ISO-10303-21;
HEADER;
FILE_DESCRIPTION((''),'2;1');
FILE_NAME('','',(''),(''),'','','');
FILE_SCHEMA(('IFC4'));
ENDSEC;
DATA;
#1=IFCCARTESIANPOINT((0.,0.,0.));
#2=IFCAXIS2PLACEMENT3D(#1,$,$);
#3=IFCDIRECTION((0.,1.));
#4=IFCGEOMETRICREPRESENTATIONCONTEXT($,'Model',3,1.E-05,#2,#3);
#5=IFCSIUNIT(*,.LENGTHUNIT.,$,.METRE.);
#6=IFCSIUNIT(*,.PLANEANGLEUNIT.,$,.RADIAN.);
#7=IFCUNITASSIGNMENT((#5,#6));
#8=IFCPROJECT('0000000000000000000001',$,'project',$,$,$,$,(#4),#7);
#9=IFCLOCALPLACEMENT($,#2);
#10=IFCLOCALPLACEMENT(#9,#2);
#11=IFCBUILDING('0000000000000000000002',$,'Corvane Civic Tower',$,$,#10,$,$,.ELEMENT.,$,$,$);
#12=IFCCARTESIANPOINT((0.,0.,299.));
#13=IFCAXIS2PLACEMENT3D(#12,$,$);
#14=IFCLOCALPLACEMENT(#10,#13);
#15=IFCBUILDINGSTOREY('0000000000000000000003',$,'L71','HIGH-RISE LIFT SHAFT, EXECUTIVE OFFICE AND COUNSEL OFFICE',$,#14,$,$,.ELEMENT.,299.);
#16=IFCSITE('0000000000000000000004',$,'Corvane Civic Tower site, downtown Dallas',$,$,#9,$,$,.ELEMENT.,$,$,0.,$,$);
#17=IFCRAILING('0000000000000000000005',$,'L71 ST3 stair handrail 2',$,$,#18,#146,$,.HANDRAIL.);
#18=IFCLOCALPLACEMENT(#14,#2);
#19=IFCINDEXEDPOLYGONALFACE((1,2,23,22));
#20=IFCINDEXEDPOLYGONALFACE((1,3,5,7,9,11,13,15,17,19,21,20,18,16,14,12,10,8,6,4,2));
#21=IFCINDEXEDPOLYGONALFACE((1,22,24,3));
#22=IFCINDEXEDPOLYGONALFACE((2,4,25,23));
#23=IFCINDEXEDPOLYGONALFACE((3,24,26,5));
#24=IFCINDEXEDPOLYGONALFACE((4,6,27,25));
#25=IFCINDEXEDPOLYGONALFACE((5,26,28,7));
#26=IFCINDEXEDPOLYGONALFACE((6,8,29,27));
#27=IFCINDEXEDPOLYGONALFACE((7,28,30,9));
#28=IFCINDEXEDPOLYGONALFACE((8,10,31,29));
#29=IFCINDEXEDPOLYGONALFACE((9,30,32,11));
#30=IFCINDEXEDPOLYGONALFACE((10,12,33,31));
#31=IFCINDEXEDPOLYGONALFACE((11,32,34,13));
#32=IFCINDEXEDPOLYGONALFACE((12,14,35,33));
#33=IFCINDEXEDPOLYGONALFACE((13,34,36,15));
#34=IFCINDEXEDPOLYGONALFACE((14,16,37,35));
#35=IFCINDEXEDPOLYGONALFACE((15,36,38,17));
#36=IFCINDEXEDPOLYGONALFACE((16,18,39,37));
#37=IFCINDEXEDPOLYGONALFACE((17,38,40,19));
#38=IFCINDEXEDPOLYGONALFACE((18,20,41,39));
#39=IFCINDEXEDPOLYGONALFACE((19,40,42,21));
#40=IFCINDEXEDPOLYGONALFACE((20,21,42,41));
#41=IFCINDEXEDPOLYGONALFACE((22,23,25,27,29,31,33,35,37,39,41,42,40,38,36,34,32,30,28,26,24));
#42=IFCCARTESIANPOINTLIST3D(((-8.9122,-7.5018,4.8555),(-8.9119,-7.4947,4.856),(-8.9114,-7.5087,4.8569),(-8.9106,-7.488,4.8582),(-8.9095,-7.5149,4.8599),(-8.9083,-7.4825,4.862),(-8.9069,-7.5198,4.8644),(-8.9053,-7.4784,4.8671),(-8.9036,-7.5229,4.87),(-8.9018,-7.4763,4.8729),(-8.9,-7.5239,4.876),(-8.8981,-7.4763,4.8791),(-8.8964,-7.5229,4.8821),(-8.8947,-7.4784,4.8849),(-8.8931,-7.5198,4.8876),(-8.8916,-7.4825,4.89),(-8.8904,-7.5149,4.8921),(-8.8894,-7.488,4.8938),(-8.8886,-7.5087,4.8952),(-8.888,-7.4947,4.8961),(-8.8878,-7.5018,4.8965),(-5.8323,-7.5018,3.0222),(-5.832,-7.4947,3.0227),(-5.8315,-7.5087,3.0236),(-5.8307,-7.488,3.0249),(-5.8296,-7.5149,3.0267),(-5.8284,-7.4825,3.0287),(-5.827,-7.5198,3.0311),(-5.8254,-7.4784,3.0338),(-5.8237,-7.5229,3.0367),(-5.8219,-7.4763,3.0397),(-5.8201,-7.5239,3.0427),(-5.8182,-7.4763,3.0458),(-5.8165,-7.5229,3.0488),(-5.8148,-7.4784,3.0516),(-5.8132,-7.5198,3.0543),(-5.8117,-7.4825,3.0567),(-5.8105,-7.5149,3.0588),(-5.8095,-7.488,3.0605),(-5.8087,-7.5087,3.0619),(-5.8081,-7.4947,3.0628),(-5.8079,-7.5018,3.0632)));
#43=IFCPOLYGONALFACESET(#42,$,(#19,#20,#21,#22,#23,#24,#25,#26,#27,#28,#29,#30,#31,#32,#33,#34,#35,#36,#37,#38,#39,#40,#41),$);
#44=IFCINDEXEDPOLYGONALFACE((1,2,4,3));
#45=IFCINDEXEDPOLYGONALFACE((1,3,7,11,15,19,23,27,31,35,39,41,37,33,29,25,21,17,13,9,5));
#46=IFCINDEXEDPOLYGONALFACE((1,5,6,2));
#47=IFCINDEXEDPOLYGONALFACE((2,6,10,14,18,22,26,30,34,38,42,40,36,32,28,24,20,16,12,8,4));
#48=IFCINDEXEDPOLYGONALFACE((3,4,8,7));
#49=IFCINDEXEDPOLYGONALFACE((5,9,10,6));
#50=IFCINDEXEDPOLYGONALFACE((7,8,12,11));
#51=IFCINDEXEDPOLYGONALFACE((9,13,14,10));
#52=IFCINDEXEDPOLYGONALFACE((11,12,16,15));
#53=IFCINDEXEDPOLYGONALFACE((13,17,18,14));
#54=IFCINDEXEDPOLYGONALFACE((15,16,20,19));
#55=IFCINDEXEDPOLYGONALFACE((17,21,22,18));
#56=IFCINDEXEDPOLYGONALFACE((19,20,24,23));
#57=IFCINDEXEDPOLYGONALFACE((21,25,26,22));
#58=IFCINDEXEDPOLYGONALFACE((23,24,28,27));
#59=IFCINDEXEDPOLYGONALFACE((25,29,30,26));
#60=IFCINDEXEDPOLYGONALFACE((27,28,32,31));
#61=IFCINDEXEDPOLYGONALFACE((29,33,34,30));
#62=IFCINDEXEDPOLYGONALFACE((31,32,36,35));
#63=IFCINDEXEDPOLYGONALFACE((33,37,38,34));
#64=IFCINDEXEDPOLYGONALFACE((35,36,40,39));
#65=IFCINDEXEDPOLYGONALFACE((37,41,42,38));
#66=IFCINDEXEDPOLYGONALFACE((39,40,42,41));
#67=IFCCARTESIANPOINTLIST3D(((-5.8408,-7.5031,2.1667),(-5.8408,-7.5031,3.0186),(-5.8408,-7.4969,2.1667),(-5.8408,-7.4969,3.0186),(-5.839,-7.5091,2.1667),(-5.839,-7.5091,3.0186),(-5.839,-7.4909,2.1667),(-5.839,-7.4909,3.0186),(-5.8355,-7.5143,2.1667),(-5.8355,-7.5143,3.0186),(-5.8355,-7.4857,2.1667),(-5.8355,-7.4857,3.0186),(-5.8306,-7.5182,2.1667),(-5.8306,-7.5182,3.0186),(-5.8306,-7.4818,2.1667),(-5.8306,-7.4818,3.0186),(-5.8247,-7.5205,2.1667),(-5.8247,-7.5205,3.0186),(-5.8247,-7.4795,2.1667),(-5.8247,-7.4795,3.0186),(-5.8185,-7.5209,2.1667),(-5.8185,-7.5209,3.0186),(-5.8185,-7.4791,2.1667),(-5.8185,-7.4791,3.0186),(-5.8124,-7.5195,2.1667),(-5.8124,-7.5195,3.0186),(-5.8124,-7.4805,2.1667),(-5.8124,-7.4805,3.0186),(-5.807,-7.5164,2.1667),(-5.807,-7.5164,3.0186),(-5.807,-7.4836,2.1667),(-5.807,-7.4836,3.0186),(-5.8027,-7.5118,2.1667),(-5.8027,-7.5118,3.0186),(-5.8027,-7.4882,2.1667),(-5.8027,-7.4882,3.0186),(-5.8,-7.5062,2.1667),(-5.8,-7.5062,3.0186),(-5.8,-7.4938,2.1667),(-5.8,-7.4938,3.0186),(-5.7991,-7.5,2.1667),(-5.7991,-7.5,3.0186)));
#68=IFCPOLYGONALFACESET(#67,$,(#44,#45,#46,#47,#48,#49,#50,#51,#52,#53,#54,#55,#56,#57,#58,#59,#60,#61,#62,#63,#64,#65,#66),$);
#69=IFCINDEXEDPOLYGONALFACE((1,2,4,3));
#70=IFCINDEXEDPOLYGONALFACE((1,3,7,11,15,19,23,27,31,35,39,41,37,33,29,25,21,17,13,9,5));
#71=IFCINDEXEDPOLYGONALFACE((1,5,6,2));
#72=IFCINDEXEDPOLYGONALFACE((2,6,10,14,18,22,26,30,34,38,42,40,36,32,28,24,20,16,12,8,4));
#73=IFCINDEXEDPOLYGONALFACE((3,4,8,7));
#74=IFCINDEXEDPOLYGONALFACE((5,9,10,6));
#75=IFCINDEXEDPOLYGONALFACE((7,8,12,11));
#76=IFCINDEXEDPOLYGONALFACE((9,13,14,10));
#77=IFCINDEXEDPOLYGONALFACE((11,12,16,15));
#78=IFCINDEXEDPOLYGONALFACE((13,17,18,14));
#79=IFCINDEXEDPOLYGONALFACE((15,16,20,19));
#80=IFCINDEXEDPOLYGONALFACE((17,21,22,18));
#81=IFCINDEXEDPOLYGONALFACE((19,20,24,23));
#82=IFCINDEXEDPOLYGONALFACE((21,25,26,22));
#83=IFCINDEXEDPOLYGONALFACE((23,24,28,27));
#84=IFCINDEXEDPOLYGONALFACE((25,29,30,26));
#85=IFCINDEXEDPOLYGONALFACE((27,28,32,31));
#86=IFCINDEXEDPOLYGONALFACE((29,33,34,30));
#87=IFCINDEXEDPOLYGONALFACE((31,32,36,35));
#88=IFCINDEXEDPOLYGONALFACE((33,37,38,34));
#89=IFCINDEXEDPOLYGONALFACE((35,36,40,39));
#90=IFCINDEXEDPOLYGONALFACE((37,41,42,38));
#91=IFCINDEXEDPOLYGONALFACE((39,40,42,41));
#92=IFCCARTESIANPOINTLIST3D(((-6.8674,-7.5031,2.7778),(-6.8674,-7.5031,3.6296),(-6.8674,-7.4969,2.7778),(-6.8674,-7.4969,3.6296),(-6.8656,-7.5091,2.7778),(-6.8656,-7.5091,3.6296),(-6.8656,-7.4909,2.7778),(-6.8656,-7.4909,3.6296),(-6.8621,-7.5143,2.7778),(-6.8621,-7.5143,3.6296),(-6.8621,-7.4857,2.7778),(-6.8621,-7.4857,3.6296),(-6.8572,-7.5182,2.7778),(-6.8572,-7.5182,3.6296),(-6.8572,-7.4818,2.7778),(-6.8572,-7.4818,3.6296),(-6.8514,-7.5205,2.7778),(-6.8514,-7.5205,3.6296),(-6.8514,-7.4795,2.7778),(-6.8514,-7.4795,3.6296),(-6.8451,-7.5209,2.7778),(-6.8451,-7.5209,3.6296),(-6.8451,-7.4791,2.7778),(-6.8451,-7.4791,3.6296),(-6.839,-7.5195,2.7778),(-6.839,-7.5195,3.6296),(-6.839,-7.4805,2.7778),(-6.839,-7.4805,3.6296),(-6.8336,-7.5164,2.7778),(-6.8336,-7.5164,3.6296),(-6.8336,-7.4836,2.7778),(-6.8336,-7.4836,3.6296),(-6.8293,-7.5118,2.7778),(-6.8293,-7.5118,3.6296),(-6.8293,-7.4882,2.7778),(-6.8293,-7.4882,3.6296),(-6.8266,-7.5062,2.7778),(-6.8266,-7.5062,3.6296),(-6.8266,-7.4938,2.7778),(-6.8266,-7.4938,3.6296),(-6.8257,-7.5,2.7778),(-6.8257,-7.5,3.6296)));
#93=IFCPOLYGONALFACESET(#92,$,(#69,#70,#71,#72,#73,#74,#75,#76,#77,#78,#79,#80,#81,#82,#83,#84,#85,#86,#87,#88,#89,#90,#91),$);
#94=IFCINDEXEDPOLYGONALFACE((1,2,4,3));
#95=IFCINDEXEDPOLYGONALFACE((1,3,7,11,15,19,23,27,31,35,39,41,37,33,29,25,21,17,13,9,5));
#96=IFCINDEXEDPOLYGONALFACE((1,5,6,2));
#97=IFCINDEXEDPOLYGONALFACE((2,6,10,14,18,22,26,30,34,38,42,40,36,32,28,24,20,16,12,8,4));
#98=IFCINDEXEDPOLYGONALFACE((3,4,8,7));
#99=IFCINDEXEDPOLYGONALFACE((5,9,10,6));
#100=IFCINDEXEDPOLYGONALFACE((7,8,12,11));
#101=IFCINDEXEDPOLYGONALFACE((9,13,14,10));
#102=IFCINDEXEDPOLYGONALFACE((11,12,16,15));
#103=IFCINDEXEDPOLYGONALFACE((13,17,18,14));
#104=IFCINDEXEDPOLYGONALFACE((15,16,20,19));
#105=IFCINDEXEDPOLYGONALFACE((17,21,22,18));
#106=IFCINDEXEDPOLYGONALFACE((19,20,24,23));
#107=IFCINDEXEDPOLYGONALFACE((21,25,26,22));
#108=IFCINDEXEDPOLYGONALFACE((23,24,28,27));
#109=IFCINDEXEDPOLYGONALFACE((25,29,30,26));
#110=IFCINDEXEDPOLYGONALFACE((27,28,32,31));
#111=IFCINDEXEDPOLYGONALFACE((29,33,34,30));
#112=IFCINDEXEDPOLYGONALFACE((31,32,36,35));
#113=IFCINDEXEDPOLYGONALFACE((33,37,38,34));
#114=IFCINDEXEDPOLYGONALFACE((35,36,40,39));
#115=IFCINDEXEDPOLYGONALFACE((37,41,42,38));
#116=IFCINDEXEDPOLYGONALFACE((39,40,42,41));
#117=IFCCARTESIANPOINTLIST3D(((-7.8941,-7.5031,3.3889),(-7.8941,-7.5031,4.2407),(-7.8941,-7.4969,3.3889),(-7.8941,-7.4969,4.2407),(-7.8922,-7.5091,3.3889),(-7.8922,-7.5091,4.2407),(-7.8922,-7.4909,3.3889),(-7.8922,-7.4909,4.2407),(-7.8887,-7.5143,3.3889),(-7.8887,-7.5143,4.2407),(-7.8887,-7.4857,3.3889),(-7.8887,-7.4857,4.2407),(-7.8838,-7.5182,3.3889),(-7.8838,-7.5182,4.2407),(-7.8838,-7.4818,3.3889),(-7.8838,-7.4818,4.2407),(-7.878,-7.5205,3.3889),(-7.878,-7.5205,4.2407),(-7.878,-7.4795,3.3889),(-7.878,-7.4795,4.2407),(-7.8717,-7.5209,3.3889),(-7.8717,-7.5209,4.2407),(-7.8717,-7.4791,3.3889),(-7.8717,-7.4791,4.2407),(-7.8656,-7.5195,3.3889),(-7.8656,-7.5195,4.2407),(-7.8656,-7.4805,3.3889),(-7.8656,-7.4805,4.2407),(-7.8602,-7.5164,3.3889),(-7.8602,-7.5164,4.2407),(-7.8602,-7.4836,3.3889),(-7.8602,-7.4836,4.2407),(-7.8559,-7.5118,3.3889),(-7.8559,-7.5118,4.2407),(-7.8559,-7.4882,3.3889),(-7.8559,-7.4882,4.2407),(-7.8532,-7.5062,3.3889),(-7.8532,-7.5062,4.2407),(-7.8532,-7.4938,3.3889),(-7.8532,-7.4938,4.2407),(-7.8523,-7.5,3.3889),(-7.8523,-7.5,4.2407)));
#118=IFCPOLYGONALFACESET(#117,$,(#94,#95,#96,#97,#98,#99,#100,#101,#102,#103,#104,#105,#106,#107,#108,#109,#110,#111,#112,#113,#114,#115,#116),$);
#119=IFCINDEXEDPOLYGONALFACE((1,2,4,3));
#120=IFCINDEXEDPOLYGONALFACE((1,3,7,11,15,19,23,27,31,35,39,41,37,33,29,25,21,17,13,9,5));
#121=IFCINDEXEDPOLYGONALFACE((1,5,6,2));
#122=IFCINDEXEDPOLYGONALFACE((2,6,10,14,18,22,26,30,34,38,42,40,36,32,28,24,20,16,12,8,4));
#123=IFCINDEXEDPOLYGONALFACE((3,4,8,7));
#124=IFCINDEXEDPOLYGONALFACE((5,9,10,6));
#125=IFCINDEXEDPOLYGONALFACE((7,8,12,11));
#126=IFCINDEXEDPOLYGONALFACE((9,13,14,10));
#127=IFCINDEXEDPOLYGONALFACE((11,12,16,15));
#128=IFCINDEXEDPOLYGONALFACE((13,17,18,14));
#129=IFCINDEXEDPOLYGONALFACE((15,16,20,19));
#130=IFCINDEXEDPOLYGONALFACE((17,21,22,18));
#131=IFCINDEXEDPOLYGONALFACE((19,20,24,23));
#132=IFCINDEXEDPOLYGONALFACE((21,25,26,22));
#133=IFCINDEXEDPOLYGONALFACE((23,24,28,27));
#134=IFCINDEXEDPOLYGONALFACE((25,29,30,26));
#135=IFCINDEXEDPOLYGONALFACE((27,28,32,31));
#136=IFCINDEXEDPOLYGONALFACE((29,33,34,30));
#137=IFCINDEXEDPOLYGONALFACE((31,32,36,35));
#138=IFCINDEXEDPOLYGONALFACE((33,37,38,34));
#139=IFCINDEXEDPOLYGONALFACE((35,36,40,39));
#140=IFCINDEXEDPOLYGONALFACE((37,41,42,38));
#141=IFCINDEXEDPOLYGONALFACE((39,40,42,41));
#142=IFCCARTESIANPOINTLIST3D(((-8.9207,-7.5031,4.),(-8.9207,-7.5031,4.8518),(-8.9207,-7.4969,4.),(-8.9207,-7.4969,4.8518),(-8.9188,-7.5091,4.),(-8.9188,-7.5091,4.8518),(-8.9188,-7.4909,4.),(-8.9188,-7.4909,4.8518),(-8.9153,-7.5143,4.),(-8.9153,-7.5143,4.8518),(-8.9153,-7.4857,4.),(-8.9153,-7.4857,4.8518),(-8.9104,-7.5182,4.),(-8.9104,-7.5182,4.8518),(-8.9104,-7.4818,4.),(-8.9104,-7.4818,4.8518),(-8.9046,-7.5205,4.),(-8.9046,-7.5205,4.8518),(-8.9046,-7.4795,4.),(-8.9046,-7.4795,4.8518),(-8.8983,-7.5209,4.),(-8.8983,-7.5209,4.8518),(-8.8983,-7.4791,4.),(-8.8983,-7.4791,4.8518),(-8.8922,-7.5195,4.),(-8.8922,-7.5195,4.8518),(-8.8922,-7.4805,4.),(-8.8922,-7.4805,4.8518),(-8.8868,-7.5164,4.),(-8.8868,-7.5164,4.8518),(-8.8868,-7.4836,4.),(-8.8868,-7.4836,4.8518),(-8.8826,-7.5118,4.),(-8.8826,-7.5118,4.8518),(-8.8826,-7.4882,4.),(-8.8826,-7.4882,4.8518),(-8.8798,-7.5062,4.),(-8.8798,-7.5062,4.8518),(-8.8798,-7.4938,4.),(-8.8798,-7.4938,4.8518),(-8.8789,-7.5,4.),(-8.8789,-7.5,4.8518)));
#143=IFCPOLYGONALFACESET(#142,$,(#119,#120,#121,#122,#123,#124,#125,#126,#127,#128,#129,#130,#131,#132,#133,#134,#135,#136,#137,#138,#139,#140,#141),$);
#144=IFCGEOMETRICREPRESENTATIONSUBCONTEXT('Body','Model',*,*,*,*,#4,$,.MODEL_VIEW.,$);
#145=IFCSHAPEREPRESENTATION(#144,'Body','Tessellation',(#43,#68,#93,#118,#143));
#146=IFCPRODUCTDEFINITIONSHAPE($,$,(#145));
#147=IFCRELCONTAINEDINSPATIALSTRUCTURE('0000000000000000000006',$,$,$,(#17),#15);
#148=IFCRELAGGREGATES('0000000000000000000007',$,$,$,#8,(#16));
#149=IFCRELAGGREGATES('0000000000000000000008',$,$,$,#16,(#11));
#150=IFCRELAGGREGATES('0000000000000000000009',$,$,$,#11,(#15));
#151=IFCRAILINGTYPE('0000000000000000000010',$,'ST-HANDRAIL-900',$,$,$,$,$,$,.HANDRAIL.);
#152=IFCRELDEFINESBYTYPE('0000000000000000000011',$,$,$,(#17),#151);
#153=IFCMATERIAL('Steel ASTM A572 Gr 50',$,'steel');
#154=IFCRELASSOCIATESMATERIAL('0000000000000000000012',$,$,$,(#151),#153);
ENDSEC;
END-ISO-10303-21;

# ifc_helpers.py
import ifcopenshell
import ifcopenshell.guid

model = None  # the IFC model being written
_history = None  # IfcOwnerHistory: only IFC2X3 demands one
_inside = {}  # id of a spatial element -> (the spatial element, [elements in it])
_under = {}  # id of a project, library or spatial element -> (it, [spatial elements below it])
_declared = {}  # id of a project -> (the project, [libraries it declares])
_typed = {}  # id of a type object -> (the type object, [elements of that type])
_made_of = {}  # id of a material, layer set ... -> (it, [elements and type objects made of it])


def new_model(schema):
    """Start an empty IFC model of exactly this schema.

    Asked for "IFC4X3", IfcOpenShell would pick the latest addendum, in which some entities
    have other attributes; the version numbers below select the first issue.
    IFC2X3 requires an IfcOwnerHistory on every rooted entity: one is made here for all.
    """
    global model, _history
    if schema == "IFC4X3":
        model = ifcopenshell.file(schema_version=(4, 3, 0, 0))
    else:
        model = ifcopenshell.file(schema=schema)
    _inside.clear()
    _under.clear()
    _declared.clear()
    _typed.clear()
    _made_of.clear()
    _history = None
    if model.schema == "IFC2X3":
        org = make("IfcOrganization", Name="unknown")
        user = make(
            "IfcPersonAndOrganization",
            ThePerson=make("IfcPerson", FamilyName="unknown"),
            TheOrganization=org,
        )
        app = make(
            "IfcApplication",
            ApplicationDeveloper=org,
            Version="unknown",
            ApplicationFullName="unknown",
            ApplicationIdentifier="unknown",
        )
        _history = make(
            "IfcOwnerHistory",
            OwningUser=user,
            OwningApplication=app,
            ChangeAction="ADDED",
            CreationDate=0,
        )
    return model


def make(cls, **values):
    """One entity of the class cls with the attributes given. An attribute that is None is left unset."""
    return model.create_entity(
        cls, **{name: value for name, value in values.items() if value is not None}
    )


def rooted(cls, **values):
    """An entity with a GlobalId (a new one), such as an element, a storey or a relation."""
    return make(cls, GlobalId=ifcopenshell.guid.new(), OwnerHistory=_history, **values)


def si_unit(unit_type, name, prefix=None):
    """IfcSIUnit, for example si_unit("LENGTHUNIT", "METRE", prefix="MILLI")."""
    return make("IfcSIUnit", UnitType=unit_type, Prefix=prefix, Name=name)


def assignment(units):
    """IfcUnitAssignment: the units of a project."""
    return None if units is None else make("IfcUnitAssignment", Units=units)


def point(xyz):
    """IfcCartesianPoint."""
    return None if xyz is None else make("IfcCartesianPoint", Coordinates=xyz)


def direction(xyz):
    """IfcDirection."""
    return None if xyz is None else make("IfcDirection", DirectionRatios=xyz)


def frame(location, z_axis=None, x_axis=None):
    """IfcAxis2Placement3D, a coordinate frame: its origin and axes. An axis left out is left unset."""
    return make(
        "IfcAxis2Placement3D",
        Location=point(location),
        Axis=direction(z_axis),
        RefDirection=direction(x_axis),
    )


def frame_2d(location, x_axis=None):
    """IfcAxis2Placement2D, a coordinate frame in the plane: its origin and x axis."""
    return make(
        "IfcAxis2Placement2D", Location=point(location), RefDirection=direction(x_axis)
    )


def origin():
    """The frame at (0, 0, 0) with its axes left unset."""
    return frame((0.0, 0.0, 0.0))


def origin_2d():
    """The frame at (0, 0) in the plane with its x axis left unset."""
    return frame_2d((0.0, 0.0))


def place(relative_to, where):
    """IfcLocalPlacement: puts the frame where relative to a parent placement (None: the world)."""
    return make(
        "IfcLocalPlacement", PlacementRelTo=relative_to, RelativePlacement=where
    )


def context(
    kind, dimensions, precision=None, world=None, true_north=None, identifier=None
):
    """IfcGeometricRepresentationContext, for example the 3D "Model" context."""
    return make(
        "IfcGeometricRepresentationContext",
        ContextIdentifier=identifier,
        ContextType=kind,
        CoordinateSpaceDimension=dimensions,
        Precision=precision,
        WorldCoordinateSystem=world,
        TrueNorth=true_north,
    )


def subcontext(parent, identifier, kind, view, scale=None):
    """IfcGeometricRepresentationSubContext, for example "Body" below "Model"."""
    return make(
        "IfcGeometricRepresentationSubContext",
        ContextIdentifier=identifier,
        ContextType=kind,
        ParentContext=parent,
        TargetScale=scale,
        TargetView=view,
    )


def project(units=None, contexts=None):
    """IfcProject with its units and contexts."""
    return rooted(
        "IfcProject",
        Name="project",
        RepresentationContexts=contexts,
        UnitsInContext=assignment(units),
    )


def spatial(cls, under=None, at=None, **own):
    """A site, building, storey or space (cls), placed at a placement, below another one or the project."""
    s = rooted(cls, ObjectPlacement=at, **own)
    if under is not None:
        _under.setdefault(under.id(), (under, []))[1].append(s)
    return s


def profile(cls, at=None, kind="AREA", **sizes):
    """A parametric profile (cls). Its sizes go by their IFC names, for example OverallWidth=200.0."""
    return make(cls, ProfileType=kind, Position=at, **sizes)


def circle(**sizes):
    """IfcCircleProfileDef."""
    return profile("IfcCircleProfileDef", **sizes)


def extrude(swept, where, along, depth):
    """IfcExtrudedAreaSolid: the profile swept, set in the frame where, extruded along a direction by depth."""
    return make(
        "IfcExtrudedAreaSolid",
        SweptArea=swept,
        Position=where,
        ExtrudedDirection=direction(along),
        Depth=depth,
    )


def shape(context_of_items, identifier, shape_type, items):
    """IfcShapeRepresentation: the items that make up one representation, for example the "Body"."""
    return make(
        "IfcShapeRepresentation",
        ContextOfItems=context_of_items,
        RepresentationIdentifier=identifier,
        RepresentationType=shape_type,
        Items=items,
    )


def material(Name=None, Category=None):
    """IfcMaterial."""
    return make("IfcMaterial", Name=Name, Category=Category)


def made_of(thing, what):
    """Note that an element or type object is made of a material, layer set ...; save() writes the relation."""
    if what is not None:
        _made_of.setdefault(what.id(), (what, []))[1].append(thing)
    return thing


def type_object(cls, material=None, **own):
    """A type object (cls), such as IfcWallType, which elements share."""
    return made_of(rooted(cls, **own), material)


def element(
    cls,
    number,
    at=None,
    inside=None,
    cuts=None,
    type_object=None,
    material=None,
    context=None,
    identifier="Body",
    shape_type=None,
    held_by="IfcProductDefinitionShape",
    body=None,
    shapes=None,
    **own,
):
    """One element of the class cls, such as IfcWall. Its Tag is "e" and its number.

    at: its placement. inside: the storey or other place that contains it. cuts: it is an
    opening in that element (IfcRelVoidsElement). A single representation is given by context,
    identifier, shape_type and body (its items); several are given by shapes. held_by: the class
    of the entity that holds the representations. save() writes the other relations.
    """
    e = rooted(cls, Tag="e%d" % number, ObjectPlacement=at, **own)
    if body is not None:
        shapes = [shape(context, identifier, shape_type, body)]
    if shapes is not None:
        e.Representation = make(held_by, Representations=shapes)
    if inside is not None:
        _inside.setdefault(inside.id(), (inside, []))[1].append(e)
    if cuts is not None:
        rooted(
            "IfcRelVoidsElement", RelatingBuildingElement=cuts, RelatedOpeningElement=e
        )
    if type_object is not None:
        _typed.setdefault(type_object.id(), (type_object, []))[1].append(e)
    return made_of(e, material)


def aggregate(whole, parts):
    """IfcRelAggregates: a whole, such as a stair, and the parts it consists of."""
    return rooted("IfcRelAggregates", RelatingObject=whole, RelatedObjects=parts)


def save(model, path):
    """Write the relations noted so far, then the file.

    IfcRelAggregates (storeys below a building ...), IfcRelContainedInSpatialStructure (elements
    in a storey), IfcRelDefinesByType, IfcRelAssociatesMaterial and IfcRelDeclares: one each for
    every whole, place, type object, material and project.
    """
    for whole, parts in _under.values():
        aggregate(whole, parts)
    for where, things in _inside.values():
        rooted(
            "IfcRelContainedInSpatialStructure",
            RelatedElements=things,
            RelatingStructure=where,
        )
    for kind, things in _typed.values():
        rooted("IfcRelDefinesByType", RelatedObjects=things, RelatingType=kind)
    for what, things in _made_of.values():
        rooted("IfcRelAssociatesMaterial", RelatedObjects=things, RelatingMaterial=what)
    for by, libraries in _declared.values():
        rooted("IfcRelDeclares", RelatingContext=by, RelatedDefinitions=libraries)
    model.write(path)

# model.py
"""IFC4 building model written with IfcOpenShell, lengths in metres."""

from ifc_helpers import new_model, si_unit, direction, frame, origin, origin_2d, place, context, subcontext, project, spatial, circle, extrude, material, type_object, element, save


model = new_model("IFC4")

# Units and contexts
model_context = context("Model", 3, precision=1e-05, world=origin(), true_north=direction((0.0, 1.0)))
body_context = subcontext(model_context, "Body", "Model", "MODEL_VIEW")
ifc_project = project(units=[si_unit("LENGTHUNIT", "METRE"), si_unit("PLANEANGLEUNIT", "RADIAN")], contexts=[model_context])

# Site, building, storey
site_placement = place(None, origin())
site = spatial("IfcSite", under=ifc_project, at=site_placement, Name="Corvane Civic Tower site, downtown Dallas", CompositionType="ELEMENT", RefElevation=0.0)
building_placement = place(site_placement, origin())
building = spatial("IfcBuilding", under=site, at=building_placement, Name="Corvane Civic Tower", CompositionType="ELEMENT")
storey_placement = place(building_placement, frame((0.0, 0.0, 299.0)))
storey = spatial("IfcBuildingStorey", under=building, at=storey_placement, Name="L71", Description="HIGH-RISE LIFT SHAFT, EXECUTIVE OFFICE AND COUNSEL OFFICE", CompositionType="ELEMENT", Elevation=299.0)

# Railing
ifc_material_1 = material(Name="Steel ASTM A572 Gr 50", Category="steel")
railing_type_1 = type_object("IfcRailingType", Name="ST-HANDRAIL-900", PredefinedType="HANDRAIL", material=ifc_material_1)
railing_1_placement = place(storey_placement, frame((-5.8201, -7.5, 2.1667)))
element("IfcRailing", 1, at=railing_1_placement, inside=storey, type_object=railing_type_1, Name="L71 ST3 stair handrail 2", PredefinedType="HANDRAIL", context=body_context, shape_type="SweptSolid", body=[
    extrude(circle(Radius=0.0239, at=origin_2d()), frame((0.0, 0.0, 0.876), z_axis=(-0.859291, 0.0, 0.511487), x_axis=(0.0, -1.0, 0.0)), (0.0, 0.0, 1.0), 3.5842),
    extrude(circle(Radius=0.021, at=origin_2d()), origin(), (0.0, 0.0, 1.0), 0.8518),
    extrude(circle(Radius=0.021, at=origin_2d()), frame((-1.0266, 0.0, 0.6111)), (0.0, 0.0, 1.0), 0.8518),
    extrude(circle(Radius=0.021, at=origin_2d()), frame((-2.0532, 0.0, 1.2222)), (0.0, 0.0, 1.0), 0.8518),
    extrude(circle(Radius=0.021, at=origin_2d()), frame((-3.0798, 0.0, 1.8333)), (0.0, 0.0, 1.0), 0.8518),
])

save(model, "model.ifc")
